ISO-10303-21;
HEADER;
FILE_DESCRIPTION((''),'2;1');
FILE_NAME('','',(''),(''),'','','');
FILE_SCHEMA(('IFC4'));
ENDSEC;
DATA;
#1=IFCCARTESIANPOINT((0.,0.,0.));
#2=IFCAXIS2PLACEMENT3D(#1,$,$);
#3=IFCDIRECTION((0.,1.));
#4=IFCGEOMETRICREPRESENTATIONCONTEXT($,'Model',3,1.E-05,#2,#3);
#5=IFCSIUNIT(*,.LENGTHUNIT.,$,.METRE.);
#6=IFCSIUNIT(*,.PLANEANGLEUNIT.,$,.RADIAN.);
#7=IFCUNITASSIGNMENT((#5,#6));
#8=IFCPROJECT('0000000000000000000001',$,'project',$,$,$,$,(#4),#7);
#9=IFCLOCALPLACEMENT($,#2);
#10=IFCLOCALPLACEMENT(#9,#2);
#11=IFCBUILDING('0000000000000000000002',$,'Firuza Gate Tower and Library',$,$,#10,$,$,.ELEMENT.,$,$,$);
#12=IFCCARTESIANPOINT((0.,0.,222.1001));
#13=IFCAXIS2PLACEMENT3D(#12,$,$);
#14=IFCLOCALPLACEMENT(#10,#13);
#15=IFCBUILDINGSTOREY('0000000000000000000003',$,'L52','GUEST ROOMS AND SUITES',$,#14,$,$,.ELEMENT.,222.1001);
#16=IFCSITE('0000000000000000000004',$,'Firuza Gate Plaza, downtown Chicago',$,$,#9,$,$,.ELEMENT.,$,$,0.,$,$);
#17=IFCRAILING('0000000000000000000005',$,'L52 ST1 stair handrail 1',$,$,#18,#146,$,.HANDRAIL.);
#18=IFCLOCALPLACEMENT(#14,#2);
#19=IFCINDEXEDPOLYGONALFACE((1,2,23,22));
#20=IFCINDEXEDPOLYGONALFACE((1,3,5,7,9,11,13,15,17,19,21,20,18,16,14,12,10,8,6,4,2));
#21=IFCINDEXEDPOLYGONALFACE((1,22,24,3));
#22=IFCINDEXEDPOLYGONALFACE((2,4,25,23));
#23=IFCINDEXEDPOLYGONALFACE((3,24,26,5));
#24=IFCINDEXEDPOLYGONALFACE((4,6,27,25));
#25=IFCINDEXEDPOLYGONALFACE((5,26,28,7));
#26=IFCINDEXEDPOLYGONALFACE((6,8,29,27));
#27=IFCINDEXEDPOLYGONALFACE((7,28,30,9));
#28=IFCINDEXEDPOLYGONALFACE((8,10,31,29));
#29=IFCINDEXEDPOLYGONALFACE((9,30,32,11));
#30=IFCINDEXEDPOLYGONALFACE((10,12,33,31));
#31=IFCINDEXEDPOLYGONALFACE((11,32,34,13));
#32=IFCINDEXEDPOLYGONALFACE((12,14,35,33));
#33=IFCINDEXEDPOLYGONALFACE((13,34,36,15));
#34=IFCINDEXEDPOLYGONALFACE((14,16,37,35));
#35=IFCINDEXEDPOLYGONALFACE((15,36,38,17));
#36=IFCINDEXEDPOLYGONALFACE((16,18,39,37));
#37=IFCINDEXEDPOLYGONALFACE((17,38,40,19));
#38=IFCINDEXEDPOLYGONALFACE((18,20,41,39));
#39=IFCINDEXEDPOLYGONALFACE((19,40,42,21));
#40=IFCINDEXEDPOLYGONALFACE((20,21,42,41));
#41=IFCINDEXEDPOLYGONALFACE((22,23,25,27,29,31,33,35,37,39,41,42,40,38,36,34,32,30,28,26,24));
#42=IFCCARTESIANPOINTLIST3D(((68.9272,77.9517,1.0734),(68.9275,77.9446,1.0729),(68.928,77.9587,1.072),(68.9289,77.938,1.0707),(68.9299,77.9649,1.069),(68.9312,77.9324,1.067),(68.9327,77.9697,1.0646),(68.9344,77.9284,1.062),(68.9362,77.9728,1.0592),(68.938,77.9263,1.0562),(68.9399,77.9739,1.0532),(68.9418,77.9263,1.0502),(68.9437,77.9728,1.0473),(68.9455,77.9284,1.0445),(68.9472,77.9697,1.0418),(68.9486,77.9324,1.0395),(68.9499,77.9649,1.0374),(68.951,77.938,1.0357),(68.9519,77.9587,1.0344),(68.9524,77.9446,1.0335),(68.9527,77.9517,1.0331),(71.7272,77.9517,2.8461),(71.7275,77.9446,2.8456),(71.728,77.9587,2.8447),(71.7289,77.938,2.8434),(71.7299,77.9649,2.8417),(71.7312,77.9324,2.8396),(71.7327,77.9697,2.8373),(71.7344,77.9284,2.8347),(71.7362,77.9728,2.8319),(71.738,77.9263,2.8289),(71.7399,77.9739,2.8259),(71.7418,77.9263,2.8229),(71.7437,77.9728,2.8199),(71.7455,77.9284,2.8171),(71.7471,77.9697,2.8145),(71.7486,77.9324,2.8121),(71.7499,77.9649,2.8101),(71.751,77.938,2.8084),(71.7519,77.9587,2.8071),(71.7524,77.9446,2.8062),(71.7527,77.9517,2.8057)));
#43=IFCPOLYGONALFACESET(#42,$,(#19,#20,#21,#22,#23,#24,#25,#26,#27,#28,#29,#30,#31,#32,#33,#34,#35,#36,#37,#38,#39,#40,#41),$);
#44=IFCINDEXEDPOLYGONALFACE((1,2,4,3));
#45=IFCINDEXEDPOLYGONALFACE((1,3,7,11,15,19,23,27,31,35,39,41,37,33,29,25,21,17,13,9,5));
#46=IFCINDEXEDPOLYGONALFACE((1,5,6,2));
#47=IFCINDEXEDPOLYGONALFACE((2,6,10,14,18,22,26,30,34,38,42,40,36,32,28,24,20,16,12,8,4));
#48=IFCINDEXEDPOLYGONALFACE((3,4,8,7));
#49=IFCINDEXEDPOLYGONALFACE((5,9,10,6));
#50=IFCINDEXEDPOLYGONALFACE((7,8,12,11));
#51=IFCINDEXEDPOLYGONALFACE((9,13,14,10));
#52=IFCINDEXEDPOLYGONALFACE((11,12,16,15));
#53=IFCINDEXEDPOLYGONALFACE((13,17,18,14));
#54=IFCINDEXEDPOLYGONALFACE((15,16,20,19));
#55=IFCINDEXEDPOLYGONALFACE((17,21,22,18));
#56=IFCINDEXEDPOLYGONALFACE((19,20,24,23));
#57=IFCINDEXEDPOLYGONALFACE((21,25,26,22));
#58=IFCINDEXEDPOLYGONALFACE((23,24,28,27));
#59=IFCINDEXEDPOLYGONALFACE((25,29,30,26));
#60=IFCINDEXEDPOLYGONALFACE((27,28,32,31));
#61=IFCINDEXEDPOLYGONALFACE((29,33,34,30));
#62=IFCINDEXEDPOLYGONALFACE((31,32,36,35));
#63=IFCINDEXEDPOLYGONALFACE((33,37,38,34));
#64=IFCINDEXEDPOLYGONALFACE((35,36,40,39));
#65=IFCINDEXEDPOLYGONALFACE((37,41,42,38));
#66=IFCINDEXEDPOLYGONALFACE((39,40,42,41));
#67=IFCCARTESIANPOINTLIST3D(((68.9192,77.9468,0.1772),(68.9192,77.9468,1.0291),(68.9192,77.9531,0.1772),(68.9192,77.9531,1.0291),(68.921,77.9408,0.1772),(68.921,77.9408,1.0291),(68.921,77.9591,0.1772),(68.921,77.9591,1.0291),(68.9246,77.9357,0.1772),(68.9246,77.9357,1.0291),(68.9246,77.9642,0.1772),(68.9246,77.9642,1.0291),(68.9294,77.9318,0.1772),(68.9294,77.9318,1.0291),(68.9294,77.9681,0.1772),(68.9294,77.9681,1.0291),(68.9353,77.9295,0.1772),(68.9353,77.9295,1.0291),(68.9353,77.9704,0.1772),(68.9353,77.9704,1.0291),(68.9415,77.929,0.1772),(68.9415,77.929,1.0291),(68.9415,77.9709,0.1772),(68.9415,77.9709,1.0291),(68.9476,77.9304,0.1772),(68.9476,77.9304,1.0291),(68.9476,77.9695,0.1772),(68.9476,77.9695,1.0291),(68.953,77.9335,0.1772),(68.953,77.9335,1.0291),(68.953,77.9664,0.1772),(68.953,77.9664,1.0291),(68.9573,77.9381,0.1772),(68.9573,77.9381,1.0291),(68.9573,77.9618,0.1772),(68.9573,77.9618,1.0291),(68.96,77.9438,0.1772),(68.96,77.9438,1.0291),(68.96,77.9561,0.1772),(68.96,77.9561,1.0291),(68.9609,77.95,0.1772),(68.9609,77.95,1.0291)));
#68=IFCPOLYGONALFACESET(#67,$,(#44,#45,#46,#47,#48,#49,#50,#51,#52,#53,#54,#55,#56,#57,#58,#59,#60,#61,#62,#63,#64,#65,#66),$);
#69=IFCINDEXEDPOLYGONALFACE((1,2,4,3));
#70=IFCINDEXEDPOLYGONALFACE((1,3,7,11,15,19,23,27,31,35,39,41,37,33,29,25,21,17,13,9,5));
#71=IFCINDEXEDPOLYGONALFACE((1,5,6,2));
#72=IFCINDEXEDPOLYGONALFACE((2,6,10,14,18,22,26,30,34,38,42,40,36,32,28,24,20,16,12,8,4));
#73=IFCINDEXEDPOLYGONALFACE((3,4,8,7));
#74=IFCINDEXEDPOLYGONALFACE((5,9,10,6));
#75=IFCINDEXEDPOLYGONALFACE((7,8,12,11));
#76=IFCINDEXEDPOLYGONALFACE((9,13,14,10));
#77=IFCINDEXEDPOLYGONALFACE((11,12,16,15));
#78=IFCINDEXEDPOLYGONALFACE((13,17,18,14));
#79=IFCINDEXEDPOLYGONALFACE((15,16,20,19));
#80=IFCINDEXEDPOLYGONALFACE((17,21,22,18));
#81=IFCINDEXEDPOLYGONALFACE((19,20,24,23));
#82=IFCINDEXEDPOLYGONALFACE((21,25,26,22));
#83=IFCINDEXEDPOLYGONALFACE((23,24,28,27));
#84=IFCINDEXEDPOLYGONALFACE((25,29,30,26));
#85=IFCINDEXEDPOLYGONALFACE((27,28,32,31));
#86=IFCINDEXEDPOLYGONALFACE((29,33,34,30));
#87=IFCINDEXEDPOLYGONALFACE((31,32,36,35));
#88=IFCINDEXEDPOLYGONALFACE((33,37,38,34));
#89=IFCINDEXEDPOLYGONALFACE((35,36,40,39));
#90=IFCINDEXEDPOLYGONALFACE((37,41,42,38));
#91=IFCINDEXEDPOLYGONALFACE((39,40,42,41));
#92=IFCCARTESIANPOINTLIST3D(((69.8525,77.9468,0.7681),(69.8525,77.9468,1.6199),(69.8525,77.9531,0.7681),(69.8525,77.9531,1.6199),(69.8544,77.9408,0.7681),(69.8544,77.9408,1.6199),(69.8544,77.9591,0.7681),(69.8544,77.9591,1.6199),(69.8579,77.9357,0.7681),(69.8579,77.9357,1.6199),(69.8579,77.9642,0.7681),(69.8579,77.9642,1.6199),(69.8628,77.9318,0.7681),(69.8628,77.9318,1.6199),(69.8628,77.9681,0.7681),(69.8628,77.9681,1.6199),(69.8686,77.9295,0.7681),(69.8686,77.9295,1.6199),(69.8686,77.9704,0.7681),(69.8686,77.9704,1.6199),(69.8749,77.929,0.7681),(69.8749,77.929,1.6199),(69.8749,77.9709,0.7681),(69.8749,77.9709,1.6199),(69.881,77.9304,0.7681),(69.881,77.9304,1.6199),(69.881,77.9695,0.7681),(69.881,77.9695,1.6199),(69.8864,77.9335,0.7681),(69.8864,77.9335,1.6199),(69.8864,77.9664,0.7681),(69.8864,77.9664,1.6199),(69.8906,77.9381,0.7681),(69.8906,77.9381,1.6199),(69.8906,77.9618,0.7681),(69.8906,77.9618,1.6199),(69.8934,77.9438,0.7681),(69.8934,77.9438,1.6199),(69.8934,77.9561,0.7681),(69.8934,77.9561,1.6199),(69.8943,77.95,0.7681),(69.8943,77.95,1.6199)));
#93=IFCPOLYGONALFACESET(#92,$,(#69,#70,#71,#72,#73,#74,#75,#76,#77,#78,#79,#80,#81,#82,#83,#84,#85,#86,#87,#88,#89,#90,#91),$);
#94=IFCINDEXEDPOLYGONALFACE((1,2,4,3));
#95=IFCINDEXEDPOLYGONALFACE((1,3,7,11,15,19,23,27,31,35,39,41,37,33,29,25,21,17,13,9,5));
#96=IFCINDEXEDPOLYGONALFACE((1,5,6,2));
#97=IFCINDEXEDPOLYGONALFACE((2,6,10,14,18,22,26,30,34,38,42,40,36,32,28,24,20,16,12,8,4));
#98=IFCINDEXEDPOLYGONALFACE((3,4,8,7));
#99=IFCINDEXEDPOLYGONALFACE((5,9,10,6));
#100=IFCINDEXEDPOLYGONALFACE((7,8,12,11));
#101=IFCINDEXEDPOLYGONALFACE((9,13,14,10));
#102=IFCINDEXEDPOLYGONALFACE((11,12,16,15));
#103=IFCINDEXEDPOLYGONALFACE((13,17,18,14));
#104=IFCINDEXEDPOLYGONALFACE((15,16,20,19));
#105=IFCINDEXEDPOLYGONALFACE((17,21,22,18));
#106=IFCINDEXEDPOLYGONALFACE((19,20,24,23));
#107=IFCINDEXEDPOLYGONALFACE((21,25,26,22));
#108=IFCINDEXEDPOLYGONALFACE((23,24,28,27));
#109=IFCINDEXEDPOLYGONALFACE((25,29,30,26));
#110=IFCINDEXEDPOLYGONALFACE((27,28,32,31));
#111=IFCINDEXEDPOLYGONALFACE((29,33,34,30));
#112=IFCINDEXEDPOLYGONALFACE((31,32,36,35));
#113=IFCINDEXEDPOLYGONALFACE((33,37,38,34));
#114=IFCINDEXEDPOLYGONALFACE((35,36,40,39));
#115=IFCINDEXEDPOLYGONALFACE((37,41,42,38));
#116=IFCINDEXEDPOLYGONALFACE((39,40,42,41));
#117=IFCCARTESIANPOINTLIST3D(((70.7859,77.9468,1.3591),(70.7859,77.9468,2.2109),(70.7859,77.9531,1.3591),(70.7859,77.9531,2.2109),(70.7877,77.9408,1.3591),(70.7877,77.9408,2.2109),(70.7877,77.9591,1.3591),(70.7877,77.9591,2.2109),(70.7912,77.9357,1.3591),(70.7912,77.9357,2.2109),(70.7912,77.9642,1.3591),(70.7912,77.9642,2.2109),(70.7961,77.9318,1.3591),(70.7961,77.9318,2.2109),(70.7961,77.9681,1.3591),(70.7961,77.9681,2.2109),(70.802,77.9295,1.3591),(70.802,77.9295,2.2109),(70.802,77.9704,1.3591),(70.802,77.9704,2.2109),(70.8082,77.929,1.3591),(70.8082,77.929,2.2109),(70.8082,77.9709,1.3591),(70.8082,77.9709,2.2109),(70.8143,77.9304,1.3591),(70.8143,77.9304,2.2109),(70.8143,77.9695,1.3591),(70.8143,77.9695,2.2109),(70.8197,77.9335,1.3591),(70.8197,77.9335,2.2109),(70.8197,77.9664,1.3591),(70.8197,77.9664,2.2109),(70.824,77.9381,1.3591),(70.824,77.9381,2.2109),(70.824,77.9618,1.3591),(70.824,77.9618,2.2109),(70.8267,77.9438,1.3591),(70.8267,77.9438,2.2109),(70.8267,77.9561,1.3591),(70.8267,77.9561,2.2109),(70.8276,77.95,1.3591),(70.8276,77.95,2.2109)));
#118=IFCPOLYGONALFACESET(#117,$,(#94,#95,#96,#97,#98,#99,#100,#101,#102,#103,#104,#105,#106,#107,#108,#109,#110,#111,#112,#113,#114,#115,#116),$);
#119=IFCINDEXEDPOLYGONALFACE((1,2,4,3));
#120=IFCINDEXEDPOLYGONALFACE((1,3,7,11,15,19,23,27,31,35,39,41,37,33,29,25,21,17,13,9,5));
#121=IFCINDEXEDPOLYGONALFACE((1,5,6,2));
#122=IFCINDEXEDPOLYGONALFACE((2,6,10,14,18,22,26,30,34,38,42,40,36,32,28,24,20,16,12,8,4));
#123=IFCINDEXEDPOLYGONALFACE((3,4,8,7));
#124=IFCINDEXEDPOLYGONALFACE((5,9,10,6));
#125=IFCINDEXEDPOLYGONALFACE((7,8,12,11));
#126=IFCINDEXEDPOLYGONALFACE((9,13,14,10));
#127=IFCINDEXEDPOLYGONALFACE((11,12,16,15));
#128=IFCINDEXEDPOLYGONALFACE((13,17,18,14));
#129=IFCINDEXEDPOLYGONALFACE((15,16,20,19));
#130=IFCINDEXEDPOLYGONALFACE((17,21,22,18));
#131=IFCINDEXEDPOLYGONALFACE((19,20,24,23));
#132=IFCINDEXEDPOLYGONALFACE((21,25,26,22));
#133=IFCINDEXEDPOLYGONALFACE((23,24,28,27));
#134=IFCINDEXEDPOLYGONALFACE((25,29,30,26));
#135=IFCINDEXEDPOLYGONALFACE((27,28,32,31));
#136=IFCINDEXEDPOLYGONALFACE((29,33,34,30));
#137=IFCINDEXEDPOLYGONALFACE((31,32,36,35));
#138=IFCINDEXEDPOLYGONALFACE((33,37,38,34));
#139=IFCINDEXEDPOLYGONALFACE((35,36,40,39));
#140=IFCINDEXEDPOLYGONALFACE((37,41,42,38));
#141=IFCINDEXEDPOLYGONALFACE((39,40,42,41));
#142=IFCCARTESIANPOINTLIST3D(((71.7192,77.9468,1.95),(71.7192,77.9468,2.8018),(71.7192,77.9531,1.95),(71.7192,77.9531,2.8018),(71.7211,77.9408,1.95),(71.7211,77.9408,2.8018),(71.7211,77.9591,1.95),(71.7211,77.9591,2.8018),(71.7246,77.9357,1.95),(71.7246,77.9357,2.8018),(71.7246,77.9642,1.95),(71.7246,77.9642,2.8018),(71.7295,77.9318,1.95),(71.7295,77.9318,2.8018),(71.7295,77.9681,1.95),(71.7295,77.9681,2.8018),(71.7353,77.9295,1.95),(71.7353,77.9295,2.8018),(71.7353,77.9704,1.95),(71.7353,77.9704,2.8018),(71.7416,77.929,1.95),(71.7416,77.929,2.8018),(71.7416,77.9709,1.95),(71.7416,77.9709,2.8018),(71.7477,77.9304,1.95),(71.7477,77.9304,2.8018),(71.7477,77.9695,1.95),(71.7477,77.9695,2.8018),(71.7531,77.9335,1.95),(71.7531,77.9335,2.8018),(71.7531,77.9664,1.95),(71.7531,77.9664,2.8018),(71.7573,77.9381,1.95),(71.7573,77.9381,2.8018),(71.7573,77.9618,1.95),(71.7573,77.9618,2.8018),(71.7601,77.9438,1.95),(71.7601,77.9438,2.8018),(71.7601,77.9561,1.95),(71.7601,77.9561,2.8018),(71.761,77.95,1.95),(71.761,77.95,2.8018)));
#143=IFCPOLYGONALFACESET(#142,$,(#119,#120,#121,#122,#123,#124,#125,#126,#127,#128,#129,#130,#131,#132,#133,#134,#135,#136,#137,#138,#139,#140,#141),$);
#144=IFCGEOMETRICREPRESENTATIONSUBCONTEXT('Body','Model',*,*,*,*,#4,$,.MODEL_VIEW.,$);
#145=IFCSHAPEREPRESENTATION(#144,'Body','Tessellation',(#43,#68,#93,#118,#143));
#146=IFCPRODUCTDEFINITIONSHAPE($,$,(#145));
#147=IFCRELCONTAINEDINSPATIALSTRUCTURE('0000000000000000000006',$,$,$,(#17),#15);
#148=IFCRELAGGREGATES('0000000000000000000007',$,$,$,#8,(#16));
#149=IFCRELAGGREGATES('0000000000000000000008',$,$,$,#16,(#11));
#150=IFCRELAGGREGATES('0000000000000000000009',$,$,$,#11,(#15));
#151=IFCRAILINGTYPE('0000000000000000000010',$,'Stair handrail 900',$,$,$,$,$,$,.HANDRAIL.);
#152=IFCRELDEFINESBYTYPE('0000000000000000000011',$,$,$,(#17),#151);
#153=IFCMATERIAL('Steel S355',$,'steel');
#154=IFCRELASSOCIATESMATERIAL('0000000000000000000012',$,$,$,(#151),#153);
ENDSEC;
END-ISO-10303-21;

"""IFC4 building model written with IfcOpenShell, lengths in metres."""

from ifc_helpers import new_model, si_unit, direction, frame, origin, origin_2d, place, context, subcontext, project, spatial, circle, extrude, material, type_object, element, save


model = new_model("IFC4")

# Units and contexts
model_context = context("Model", 3, precision=1e-05, world=origin(), true_north=direction((0.0, 1.0)))
body_context = subcontext(model_context, "Body", "Model", "MODEL_VIEW")
ifc_project = project(units=[si_unit("LENGTHUNIT", "METRE"), si_unit("PLANEANGLEUNIT", "RADIAN")], contexts=[model_context])

# Site, building, storey
site_placement = place(None, origin())
site = spatial("IfcSite", under=ifc_project, at=site_placement, Name="Firuza Gate Plaza, downtown Chicago", CompositionType="ELEMENT", RefElevation=0.0)
building_placement = place(site_placement, origin())
building = spatial("IfcBuilding", under=site, at=building_placement, Name="Firuza Gate Tower and Library", CompositionType="ELEMENT")
storey_placement = place(building_placement, frame((0.0, 0.0, 222.1001)))
storey = spatial("IfcBuildingStorey", under=building, at=storey_placement, Name="L52", Description="GUEST ROOMS AND SUITES", CompositionType="ELEMENT", Elevation=222.1001)

# Railing
ifc_material_1 = material(Name="Steel S355", Category="steel")
railing_type_1 = type_object("IfcRailingType", Name="Stair handrail 900", PredefinedType="HANDRAIL", material=ifc_material_1)
railing_1_placement = place(storey_placement, frame((68.9399, 77.95, 0.1772)))
element("IfcRailing", 1, at=railing_1_placement, inside=storey, type_object=railing_type_1, Name="L52 ST1 stair handrail 1", PredefinedType="HANDRAIL", context=body_context, shape_type="SweptSolid", body=[
    extrude(circle(Radius=0.0239, at=origin_2d()), frame((0.0, 0.0, 0.876), z_axis=(0.844909, 0.0, 0.53491), x_axis=(0.0, 1.0, 0.0)), (0.0, 0.0, 1.0), 3.314),
    extrude(circle(Radius=0.021, at=origin_2d()), origin(), (0.0, 0.0, 1.0), 0.8518),
    extrude(circle(Radius=0.021, at=origin_2d()), frame((0.9333, 0.0, 0.5908)), (0.0, 0.0, 1.0), 0.8518),
    extrude(circle(Radius=0.021, at=origin_2d()), frame((1.8667, 0.0, 1.1819)), (0.0, 0.0, 1.0), 0.8518),
    extrude(circle(Radius=0.021, at=origin_2d()), frame((2.8, 0.0, 1.7727)), (0.0, 0.0, 1.0), 0.8518),
])

save(model, "model.ifc")
